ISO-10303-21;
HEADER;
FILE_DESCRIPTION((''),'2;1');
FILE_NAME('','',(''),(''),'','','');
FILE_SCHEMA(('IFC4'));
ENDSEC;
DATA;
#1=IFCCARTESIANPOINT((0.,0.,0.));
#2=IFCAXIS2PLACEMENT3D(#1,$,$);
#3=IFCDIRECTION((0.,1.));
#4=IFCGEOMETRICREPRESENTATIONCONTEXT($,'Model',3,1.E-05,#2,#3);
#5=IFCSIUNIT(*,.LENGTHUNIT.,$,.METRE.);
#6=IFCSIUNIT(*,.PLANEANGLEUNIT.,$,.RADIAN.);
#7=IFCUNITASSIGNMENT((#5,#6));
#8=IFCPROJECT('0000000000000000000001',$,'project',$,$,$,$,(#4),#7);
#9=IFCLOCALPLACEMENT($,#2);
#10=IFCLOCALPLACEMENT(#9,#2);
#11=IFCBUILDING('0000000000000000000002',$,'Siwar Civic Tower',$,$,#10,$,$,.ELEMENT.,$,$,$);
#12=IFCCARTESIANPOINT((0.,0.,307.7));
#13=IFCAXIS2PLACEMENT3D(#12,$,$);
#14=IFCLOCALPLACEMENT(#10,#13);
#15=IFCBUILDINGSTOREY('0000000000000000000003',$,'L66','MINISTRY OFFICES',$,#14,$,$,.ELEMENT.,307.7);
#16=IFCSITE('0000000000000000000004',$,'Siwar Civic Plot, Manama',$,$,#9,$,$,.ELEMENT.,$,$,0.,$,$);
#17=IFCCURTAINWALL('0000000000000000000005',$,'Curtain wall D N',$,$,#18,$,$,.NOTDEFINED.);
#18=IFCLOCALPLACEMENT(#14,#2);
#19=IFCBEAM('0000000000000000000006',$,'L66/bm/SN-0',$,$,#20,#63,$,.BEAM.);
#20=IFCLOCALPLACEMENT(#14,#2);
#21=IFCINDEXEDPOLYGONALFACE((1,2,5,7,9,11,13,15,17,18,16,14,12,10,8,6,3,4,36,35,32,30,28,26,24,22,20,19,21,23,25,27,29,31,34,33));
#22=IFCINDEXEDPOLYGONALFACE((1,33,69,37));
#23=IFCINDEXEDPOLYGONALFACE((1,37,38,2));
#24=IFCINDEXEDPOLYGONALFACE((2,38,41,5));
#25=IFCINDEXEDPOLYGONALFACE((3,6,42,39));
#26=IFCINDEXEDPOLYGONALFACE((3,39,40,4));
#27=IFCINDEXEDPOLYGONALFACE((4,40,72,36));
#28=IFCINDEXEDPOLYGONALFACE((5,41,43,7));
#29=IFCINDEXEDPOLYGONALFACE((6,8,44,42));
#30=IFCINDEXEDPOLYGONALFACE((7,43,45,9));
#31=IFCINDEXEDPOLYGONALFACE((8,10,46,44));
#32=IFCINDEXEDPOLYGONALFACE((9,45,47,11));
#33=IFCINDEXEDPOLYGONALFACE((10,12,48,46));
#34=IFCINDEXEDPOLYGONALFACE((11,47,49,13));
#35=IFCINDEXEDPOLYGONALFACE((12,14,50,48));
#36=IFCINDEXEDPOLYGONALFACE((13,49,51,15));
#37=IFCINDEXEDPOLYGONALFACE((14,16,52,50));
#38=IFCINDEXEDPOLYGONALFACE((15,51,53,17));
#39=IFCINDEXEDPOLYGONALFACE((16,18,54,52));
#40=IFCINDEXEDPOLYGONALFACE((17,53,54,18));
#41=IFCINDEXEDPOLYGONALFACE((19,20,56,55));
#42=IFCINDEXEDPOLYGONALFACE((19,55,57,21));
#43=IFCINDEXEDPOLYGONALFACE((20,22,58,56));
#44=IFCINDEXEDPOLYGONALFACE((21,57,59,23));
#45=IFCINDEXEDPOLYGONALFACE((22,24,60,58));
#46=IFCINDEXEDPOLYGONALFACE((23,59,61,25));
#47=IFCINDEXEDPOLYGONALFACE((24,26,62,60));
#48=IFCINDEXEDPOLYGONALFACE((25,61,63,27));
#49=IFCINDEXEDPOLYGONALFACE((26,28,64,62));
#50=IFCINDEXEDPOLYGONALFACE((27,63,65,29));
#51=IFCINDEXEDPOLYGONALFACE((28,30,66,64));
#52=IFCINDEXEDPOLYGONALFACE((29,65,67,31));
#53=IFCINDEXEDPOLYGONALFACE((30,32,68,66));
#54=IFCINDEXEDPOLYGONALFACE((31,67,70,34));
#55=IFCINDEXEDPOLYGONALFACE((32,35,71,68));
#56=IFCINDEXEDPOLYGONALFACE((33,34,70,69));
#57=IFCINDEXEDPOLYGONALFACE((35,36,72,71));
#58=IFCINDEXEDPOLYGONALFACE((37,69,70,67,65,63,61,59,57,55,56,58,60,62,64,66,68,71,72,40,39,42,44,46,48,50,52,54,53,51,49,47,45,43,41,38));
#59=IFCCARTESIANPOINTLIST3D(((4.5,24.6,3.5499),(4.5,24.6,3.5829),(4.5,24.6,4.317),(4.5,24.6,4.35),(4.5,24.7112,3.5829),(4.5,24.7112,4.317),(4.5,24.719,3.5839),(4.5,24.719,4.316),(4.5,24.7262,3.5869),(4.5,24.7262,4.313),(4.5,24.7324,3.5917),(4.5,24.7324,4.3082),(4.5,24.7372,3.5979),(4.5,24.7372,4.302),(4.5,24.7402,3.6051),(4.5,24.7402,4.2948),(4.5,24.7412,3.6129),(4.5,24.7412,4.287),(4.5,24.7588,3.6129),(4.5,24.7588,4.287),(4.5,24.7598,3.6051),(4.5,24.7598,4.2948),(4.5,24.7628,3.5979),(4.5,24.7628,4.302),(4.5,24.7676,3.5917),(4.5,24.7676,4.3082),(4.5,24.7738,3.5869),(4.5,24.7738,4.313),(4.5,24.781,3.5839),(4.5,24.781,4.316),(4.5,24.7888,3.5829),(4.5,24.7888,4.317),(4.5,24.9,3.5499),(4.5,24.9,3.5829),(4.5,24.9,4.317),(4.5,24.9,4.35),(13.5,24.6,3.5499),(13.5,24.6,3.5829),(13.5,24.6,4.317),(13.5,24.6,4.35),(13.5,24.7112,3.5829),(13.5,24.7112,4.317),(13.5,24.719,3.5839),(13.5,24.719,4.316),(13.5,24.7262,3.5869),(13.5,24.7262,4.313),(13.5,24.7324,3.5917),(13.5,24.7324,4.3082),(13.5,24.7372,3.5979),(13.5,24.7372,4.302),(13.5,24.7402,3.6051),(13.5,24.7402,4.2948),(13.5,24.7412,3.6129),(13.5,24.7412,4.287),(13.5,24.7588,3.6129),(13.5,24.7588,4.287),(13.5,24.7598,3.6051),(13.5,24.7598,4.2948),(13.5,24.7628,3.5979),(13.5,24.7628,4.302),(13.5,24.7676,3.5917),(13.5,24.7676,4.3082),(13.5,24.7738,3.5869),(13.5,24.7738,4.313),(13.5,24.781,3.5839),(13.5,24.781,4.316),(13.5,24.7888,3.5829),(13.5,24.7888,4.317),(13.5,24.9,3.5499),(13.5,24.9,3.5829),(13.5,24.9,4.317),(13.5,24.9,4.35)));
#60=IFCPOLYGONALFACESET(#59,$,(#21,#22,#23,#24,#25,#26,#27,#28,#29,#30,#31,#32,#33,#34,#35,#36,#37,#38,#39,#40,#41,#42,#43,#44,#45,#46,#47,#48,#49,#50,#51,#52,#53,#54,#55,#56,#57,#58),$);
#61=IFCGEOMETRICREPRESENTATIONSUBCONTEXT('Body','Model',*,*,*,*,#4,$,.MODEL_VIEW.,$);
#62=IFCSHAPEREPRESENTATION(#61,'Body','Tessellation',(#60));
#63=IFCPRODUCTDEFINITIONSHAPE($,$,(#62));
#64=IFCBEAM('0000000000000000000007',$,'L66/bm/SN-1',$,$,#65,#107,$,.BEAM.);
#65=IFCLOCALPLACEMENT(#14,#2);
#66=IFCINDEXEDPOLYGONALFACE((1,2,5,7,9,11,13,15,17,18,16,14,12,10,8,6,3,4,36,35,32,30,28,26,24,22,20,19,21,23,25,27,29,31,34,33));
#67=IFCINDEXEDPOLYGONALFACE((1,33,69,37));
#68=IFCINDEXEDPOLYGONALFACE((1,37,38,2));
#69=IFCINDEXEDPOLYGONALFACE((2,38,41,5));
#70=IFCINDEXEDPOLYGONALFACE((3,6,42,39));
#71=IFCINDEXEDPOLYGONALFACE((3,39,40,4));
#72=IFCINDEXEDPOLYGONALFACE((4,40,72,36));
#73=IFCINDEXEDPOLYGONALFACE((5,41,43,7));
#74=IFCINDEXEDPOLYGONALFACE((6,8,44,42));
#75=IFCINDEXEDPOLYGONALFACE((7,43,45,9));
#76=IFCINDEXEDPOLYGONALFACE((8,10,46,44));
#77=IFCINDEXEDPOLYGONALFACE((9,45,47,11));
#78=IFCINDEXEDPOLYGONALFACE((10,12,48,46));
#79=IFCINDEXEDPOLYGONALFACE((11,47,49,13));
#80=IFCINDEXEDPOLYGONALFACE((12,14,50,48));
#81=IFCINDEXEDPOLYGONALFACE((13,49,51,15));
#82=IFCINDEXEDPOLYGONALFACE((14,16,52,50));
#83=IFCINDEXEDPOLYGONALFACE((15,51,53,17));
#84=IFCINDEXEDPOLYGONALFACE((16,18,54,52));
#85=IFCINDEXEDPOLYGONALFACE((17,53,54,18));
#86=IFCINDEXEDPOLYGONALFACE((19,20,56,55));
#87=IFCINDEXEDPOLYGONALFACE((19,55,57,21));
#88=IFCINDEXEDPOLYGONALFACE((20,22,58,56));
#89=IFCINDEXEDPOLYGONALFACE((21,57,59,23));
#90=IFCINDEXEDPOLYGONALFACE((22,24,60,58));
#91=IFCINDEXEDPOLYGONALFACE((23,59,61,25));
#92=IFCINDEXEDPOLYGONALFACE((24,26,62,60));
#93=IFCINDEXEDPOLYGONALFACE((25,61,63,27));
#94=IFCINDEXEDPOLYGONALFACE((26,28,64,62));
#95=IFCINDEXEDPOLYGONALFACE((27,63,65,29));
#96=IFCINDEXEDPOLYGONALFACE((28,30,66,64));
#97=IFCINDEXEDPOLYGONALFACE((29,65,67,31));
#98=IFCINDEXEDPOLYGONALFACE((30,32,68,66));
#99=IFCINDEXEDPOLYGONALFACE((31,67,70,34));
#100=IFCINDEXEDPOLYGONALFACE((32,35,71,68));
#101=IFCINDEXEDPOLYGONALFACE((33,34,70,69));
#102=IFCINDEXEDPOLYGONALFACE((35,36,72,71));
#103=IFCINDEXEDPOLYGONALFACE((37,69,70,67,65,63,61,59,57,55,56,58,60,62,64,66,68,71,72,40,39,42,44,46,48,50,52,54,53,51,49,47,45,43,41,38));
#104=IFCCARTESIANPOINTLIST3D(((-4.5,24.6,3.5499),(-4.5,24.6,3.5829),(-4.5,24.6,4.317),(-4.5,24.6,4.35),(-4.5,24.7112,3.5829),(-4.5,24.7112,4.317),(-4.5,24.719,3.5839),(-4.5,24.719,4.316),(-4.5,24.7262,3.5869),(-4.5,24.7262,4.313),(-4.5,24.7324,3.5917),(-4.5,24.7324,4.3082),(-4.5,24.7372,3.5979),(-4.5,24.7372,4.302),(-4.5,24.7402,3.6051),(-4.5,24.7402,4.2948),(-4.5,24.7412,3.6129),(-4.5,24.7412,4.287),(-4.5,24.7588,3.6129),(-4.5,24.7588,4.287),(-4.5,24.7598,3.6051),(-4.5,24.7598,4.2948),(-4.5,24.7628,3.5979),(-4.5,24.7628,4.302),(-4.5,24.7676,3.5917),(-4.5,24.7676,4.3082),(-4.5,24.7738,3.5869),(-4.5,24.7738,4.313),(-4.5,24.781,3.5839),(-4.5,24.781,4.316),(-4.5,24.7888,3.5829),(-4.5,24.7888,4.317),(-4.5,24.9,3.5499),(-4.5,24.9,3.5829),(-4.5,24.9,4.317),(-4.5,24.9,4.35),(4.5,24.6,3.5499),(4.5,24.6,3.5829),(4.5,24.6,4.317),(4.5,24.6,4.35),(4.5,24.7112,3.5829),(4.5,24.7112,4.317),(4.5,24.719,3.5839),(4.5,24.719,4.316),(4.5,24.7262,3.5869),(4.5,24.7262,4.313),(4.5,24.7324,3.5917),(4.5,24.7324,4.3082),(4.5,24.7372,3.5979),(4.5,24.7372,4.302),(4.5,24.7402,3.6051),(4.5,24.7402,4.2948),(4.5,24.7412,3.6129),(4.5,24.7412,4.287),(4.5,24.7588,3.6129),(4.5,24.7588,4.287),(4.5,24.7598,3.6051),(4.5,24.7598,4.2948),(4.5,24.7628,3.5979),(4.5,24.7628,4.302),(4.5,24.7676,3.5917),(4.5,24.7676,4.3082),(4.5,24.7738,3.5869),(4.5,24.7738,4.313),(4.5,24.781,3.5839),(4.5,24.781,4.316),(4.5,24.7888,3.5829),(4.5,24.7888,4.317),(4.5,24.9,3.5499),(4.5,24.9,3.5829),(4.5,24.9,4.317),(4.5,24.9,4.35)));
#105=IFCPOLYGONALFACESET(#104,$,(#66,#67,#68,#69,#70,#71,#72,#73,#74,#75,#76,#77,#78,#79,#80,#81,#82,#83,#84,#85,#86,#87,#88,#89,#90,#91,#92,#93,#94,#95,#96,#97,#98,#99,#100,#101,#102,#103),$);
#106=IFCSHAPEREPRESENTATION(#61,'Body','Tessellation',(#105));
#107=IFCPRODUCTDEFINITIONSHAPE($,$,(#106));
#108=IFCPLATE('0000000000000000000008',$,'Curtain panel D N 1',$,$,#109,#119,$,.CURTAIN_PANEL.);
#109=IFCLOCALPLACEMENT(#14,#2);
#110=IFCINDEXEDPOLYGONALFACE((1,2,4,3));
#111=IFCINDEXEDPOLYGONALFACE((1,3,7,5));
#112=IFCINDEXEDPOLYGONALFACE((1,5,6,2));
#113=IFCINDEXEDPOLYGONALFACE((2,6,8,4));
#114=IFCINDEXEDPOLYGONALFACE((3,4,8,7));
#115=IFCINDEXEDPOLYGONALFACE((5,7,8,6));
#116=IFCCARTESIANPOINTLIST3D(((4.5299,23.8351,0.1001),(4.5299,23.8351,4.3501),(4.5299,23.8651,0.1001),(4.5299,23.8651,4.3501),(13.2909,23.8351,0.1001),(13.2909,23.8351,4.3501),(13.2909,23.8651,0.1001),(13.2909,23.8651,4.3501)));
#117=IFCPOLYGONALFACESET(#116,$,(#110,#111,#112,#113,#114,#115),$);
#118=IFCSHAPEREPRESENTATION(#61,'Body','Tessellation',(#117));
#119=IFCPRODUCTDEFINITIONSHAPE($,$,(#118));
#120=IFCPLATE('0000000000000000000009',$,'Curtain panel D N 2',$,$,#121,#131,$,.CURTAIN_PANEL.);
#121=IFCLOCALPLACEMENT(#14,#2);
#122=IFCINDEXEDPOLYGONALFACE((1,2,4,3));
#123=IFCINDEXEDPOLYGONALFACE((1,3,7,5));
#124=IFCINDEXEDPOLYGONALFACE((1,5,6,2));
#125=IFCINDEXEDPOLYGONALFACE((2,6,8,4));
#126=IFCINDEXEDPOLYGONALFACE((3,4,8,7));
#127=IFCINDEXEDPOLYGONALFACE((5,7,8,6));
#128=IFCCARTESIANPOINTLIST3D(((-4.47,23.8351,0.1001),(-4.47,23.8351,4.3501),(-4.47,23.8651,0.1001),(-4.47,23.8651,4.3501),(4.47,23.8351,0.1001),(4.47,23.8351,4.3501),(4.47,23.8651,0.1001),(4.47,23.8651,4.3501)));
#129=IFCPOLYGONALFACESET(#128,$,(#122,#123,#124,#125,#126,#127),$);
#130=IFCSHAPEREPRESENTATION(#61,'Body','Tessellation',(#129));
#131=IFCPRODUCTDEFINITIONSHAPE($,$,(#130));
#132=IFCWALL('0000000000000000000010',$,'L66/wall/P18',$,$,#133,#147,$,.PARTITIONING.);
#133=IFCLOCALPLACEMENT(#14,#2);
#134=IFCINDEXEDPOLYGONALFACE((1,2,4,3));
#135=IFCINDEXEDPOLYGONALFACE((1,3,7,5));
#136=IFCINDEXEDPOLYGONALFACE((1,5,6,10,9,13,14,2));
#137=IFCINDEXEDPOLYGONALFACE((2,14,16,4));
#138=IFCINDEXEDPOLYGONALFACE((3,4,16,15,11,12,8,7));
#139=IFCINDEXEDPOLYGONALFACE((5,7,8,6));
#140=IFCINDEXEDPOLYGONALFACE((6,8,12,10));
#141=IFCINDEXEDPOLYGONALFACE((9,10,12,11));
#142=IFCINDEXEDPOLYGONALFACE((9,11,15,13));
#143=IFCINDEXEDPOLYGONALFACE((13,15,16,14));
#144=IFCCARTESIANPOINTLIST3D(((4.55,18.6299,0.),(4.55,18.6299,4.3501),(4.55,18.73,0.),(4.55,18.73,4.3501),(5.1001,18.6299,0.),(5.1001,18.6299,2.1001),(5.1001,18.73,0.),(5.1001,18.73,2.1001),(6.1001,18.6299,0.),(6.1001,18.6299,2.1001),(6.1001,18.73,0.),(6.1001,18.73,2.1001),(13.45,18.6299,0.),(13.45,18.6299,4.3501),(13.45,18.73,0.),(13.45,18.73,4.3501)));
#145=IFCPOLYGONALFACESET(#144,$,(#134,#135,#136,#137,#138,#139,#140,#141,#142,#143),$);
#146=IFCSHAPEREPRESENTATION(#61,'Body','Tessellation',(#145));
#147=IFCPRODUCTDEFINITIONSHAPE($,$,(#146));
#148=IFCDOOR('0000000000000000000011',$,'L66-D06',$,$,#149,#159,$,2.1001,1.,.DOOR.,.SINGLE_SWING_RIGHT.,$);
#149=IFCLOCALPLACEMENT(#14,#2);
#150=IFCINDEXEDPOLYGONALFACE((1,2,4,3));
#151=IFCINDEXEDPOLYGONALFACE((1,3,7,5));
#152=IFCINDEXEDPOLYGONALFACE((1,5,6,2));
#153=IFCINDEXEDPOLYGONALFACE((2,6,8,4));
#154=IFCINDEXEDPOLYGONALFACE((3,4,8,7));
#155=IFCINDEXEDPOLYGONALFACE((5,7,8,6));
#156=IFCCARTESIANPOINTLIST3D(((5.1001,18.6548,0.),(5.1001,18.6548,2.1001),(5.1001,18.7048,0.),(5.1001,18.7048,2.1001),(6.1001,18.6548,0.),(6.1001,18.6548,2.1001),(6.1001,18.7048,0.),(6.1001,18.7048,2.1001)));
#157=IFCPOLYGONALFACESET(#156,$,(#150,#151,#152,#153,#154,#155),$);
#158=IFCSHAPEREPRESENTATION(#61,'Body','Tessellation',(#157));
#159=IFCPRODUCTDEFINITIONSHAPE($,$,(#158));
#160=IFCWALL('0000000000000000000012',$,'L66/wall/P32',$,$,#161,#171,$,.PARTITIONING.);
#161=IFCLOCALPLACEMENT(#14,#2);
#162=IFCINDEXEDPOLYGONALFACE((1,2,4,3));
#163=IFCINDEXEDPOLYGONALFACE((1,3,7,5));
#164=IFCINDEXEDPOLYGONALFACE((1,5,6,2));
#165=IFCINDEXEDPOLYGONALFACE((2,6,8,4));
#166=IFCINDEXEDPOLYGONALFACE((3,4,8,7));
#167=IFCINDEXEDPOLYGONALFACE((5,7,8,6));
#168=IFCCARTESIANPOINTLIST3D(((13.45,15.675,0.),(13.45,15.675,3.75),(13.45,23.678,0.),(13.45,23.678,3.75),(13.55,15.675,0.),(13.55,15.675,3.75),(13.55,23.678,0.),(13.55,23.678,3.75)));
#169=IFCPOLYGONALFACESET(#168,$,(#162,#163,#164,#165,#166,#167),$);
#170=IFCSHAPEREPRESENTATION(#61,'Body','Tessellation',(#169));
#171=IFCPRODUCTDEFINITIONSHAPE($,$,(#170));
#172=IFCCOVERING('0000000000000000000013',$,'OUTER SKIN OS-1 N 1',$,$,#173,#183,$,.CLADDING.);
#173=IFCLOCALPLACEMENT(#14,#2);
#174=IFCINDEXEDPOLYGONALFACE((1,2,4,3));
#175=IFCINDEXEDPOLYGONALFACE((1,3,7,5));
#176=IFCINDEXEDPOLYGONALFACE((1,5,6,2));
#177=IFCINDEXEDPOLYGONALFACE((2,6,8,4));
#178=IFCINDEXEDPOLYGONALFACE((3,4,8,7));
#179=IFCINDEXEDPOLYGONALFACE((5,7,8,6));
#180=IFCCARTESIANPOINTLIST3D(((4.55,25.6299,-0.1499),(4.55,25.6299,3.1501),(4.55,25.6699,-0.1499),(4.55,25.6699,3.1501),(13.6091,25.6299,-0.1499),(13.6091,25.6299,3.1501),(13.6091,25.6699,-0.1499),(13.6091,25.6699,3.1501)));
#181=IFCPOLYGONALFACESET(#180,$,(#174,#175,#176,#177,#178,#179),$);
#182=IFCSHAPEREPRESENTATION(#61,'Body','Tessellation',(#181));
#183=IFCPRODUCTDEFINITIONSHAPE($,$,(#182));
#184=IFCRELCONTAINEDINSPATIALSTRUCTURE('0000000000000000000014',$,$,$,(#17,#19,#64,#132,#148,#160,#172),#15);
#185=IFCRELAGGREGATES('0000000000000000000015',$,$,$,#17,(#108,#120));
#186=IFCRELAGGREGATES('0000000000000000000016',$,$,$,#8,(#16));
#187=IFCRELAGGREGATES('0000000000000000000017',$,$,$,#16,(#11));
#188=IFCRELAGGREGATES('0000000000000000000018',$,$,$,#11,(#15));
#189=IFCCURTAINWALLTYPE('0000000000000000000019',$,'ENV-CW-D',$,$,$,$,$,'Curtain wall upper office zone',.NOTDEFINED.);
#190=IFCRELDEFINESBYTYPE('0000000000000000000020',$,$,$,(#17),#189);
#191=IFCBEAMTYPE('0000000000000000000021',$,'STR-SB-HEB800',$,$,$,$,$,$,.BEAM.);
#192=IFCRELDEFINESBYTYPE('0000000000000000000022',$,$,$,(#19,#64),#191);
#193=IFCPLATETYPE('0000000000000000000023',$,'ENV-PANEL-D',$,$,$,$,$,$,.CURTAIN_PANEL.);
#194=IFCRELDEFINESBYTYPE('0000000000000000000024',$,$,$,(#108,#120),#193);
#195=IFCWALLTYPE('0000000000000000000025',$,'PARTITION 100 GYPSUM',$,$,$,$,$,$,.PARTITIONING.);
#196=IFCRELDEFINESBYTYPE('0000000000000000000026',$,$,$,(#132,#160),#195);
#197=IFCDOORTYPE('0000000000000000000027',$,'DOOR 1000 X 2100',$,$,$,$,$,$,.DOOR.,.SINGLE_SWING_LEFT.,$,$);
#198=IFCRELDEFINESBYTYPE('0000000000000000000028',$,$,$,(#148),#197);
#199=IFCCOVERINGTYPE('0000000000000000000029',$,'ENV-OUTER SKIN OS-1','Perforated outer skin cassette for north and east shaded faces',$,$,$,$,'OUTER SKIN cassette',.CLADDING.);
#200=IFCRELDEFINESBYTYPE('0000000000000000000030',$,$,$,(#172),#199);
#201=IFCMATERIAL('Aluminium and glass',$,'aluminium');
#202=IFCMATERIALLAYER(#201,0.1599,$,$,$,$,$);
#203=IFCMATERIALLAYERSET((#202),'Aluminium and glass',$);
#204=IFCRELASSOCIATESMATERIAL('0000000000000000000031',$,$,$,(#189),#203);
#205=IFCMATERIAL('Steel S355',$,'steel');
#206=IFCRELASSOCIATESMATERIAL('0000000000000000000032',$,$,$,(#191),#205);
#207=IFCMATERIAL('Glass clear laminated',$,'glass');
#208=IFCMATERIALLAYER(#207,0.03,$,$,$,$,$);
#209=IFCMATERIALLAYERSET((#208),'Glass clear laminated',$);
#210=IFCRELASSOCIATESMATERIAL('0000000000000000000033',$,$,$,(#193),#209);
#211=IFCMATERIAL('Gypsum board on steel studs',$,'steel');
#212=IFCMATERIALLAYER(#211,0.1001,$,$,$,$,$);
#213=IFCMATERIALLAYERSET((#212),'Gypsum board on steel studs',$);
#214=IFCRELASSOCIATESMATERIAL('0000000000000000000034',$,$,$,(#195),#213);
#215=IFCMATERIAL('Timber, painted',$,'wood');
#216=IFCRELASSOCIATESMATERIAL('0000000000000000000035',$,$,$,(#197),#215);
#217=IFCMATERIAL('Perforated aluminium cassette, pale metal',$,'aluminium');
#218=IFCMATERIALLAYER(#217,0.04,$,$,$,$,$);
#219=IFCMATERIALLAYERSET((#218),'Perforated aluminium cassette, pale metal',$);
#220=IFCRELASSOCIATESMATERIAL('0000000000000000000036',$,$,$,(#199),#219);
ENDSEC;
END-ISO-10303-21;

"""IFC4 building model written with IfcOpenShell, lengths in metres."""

from ifc_helpers import new_model, si_unit, direction, frame, frame_2d, origin, origin_2d, place, context, subcontext, project, spatial, rectangle, i_section, extrude, material, layer, layer_set, material_profile, profile_set, type_object, element, fill, aggregate, save


model = new_model("IFC4")

# Units and contexts
model_context = context("Model", 3, precision=1e-05, world=origin(), true_north=direction((0.0, 1.0)))
body_context = subcontext(model_context, "Body", "Model", "MODEL_VIEW")
ifc_project = project(units=[si_unit("LENGTHUNIT", "METRE"), si_unit("PLANEANGLEUNIT", "RADIAN")], contexts=[model_context])

# Site, building, storey
site_placement = place(None, origin())
site = spatial("IfcSite", under=ifc_project, at=site_placement, Name="Siwar Civic Plot, Manama", CompositionType="ELEMENT", RefElevation=0.0)
building_placement = place(site_placement, origin())
building = spatial("IfcBuilding", under=site, at=building_placement, Name="Siwar Civic Tower", CompositionType="ELEMENT")
storey_placement = place(building_placement, frame((0.0, 0.0, 307.7)))
storey = spatial("IfcBuildingStorey", under=building, at=storey_placement, Name="L66", Description="MINISTRY OFFICES", CompositionType="ELEMENT", Elevation=307.7)

# Curtain wall
ifc_material_1 = material(Name="Aluminium and glass", Category="aluminium")
ifc_layer_1 = layer(ifc_material_1, 0.1599)
ifc_layer_set_1 = layer_set([ifc_layer_1], Name="Aluminium and glass")
curtain_wall_type = type_object("IfcCurtainWallType", Name="ENV-CW-D", ElementType="Curtain wall upper office zone", PredefinedType="NOTDEFINED", material=ifc_layer_set_1)
curtain_wall_placement = place(storey_placement, origin())
curtain_wall = element("IfcCurtainWall", 1, at=curtain_wall_placement, inside=storey, type_object=curtain_wall_type, Name="Curtain wall D N", PredefinedType="NOTDEFINED")

# Beams
ifc_material_2 = material(Name="Steel S355", Category="steel")
ifc_material_profile_1 = material_profile(ifc_material_2, i_section(OverallWidth=0.3, OverallDepth=0.8, WebThickness=0.0176, FlangeThickness=0.033, FilletRadius=0.03, at=origin_2d()), Name="HEB800")
ifc_profile_set_1 = profile_set([ifc_material_profile_1], Name="Steel S355")
beam_type_1 = type_object("IfcBeamType", Name="STR-SB-HEB800", PredefinedType="BEAM", material=ifc_profile_set_1)
for number, where, z_axis, x_axis, name in (
    (2, (13.5, 24.75, 3.95), (-1.0, 0.0, 0.0), (0.0, -1.0, 0.0), "L66/bm/SN-0"),
    (3, (4.5, 24.75, 3.95), (-1.0, 0.0, 0.0), (0.0, -1.0, 0.0), "L66/bm/SN-1"),
):
    element("IfcBeam", number, at=place(storey_placement, frame(where, z_axis=z_axis, x_axis=x_axis)), inside=storey, type_object=beam_type_1, Name=name, PredefinedType="BEAM", context=body_context, shape_type="SweptSolid", body=[
        extrude(i_section(OverallWidth=0.3, OverallDepth=0.8, WebThickness=0.0176, FlangeThickness=0.033, FilletRadius=0.03, at=origin_2d()), origin(), (0.0, 0.0, 1.0), 9.0),
    ])

# Plates
ifc_material_3 = material(Name="Glass clear laminated", Category="glass")
ifc_layer_2 = layer(ifc_material_3, 0.03)
ifc_layer_set_2 = layer_set([ifc_layer_2], Name="Glass clear laminated")
plate_type = type_object("IfcPlateType", Name="ENV-PANEL-D", PredefinedType="CURTAIN_PANEL", material=ifc_layer_set_2)
plate_1_placement = place(storey_placement, frame((8.9104, 23.8501, 0.1001), z_axis=(0.0, 0.0, 1.0), x_axis=(-1.0, 0.0, 0.0)))
plate_1 = element("IfcPlate", 4, at=plate_1_placement, type_object=plate_type, Name="Curtain panel D N 1", PredefinedType="CURTAIN_PANEL", context=body_context, shape_type="SweptSolid", body=[
    extrude(rectangle(XDim=8.761, YDim=0.03, at=origin_2d()), origin(), (0.0, 0.0, 1.0), 4.25),
])
plate_2_placement = place(storey_placement, frame((0.0, 23.8501, 0.1001), z_axis=(0.0, 0.0, 1.0), x_axis=(-1.0, 0.0, 0.0)))
plate_2 = element("IfcPlate", 5, at=plate_2_placement, type_object=plate_type, Name="Curtain panel D N 2", PredefinedType="CURTAIN_PANEL", context=body_context, shape_type="SweptSolid", body=[
    extrude(rectangle(XDim=8.9399, YDim=0.03, at=origin_2d()), origin(), (0.0, 0.0, 1.0), 4.25),
])
aggregate(curtain_wall, [plate_1, plate_2])

# Wall, opening, door
ifc_material_4 = material(Name="Gypsum board on steel studs", Category="steel")
ifc_layer_3 = layer(ifc_material_4, 0.1001)
ifc_layer_set_3 = layer_set([ifc_layer_3], Name="Gypsum board on steel studs")
wall_type = type_object("IfcWallType", Name="PARTITION 100 GYPSUM", PredefinedType="PARTITIONING", material=ifc_layer_set_3)
wall_1_placement = place(storey_placement, frame((4.55, 18.6799, 0.0), z_axis=(0.0, 0.0, 1.0), x_axis=(1.0, 0.0, 0.0)))
wall_1 = element("IfcWall", 6, at=wall_1_placement, inside=storey, type_object=wall_type, Name="L66/wall/P18", PredefinedType="PARTITIONING", context=body_context, shape_type="SweptSolid", body=[
    extrude(rectangle(XDim=8.8999, YDim=0.1001, at=frame_2d((4.45, 0.0))), origin(), (0.0, 0.0, 1.0), 4.3501),
])
opening_placement = place(wall_1_placement, frame((0.55, 0.0, 0.0)))
opening = element("IfcOpeningElement", 7, at=opening_placement, cuts=wall_1, PredefinedType="OPENING", context=body_context, shape_type="SweptSolid", body=[
    extrude(rectangle(XDim=1.0, YDim=2.1001, at=frame_2d((0.5, 1.05))), frame((0.0, 0.0601, 0.0), z_axis=(0.0, -1.0, 0.0), x_axis=(1.0, 0.0, 0.0)), (0.0, 0.0, 1.0), 0.1201),
])
ifc_material_5 = material(Name="Timber, painted", Category="wood")
door_type = type_object("IfcDoorType", Name="DOOR 1000 X 2100", OperationType="SINGLE_SWING_LEFT", PredefinedType="DOOR", material=ifc_material_5)
door_placement = place(opening_placement, origin())
door = element("IfcDoor", 8, at=door_placement, inside=storey, type_object=door_type, Name="L66-D06", OperationType="SINGLE_SWING_RIGHT", OverallHeight=2.1001, OverallWidth=1.0, PredefinedType="DOOR", context=body_context, shape_type="SweptSolid", body=[
    extrude(rectangle(XDim=1.0, YDim=2.1001, at=frame_2d((0.5, 1.05))), frame((0.0, 0.0249, 0.0), z_axis=(0.0, -1.0, 0.0), x_axis=(1.0, 0.0, 0.0)), (0.0, 0.0, 1.0), 0.05),
])
fill(opening, door)

# Wall
wall_2_placement = place(storey_placement, frame((13.5, 15.675, 0.0), z_axis=(0.0, 0.0, 1.0), x_axis=(0.0, 1.0, 0.0)))
element("IfcWall", 9, at=wall_2_placement, inside=storey, type_object=wall_type, Name="L66/wall/P32", PredefinedType="PARTITIONING", context=body_context, shape_type="SweptSolid", body=[
    extrude(rectangle(XDim=8.0029, YDim=0.1001, at=frame_2d((4.0015, 0.0))), origin(), (0.0, 0.0, 1.0), 3.75),
])

# Covering
ifc_material_6 = material(Name="Perforated aluminium cassette, pale metal", Category="aluminium")
ifc_layer_4 = layer(ifc_material_6, 0.04)
ifc_layer_set_4 = layer_set([ifc_layer_4], Name="Perforated aluminium cassette, pale metal")
covering_type = type_object("IfcCoveringType", Name="ENV-OUTER SKIN OS-1", Description="Perforated outer skin cassette for north and east shaded faces", ElementType="OUTER SKIN cassette", PredefinedType="CLADDING", material=ifc_layer_set_4)
covering_1_placement = place(storey_placement, frame((9.0796, 25.6499, -0.1499), z_axis=(0.0, 0.0, 1.0), x_axis=(-1.0, 0.0, 0.0)))
element("IfcCovering", 10, at=covering_1_placement, inside=storey, type_object=covering_type, Name="OUTER SKIN OS-1 N 1", PredefinedType="CLADDING", context=body_context, shape_type="SweptSolid", body=[
    extrude(rectangle(XDim=9.0591, YDim=0.04, at=origin_2d()), origin(), (0.0, 0.0, 1.0), 3.3),
])

save(model, "model.ifc")
